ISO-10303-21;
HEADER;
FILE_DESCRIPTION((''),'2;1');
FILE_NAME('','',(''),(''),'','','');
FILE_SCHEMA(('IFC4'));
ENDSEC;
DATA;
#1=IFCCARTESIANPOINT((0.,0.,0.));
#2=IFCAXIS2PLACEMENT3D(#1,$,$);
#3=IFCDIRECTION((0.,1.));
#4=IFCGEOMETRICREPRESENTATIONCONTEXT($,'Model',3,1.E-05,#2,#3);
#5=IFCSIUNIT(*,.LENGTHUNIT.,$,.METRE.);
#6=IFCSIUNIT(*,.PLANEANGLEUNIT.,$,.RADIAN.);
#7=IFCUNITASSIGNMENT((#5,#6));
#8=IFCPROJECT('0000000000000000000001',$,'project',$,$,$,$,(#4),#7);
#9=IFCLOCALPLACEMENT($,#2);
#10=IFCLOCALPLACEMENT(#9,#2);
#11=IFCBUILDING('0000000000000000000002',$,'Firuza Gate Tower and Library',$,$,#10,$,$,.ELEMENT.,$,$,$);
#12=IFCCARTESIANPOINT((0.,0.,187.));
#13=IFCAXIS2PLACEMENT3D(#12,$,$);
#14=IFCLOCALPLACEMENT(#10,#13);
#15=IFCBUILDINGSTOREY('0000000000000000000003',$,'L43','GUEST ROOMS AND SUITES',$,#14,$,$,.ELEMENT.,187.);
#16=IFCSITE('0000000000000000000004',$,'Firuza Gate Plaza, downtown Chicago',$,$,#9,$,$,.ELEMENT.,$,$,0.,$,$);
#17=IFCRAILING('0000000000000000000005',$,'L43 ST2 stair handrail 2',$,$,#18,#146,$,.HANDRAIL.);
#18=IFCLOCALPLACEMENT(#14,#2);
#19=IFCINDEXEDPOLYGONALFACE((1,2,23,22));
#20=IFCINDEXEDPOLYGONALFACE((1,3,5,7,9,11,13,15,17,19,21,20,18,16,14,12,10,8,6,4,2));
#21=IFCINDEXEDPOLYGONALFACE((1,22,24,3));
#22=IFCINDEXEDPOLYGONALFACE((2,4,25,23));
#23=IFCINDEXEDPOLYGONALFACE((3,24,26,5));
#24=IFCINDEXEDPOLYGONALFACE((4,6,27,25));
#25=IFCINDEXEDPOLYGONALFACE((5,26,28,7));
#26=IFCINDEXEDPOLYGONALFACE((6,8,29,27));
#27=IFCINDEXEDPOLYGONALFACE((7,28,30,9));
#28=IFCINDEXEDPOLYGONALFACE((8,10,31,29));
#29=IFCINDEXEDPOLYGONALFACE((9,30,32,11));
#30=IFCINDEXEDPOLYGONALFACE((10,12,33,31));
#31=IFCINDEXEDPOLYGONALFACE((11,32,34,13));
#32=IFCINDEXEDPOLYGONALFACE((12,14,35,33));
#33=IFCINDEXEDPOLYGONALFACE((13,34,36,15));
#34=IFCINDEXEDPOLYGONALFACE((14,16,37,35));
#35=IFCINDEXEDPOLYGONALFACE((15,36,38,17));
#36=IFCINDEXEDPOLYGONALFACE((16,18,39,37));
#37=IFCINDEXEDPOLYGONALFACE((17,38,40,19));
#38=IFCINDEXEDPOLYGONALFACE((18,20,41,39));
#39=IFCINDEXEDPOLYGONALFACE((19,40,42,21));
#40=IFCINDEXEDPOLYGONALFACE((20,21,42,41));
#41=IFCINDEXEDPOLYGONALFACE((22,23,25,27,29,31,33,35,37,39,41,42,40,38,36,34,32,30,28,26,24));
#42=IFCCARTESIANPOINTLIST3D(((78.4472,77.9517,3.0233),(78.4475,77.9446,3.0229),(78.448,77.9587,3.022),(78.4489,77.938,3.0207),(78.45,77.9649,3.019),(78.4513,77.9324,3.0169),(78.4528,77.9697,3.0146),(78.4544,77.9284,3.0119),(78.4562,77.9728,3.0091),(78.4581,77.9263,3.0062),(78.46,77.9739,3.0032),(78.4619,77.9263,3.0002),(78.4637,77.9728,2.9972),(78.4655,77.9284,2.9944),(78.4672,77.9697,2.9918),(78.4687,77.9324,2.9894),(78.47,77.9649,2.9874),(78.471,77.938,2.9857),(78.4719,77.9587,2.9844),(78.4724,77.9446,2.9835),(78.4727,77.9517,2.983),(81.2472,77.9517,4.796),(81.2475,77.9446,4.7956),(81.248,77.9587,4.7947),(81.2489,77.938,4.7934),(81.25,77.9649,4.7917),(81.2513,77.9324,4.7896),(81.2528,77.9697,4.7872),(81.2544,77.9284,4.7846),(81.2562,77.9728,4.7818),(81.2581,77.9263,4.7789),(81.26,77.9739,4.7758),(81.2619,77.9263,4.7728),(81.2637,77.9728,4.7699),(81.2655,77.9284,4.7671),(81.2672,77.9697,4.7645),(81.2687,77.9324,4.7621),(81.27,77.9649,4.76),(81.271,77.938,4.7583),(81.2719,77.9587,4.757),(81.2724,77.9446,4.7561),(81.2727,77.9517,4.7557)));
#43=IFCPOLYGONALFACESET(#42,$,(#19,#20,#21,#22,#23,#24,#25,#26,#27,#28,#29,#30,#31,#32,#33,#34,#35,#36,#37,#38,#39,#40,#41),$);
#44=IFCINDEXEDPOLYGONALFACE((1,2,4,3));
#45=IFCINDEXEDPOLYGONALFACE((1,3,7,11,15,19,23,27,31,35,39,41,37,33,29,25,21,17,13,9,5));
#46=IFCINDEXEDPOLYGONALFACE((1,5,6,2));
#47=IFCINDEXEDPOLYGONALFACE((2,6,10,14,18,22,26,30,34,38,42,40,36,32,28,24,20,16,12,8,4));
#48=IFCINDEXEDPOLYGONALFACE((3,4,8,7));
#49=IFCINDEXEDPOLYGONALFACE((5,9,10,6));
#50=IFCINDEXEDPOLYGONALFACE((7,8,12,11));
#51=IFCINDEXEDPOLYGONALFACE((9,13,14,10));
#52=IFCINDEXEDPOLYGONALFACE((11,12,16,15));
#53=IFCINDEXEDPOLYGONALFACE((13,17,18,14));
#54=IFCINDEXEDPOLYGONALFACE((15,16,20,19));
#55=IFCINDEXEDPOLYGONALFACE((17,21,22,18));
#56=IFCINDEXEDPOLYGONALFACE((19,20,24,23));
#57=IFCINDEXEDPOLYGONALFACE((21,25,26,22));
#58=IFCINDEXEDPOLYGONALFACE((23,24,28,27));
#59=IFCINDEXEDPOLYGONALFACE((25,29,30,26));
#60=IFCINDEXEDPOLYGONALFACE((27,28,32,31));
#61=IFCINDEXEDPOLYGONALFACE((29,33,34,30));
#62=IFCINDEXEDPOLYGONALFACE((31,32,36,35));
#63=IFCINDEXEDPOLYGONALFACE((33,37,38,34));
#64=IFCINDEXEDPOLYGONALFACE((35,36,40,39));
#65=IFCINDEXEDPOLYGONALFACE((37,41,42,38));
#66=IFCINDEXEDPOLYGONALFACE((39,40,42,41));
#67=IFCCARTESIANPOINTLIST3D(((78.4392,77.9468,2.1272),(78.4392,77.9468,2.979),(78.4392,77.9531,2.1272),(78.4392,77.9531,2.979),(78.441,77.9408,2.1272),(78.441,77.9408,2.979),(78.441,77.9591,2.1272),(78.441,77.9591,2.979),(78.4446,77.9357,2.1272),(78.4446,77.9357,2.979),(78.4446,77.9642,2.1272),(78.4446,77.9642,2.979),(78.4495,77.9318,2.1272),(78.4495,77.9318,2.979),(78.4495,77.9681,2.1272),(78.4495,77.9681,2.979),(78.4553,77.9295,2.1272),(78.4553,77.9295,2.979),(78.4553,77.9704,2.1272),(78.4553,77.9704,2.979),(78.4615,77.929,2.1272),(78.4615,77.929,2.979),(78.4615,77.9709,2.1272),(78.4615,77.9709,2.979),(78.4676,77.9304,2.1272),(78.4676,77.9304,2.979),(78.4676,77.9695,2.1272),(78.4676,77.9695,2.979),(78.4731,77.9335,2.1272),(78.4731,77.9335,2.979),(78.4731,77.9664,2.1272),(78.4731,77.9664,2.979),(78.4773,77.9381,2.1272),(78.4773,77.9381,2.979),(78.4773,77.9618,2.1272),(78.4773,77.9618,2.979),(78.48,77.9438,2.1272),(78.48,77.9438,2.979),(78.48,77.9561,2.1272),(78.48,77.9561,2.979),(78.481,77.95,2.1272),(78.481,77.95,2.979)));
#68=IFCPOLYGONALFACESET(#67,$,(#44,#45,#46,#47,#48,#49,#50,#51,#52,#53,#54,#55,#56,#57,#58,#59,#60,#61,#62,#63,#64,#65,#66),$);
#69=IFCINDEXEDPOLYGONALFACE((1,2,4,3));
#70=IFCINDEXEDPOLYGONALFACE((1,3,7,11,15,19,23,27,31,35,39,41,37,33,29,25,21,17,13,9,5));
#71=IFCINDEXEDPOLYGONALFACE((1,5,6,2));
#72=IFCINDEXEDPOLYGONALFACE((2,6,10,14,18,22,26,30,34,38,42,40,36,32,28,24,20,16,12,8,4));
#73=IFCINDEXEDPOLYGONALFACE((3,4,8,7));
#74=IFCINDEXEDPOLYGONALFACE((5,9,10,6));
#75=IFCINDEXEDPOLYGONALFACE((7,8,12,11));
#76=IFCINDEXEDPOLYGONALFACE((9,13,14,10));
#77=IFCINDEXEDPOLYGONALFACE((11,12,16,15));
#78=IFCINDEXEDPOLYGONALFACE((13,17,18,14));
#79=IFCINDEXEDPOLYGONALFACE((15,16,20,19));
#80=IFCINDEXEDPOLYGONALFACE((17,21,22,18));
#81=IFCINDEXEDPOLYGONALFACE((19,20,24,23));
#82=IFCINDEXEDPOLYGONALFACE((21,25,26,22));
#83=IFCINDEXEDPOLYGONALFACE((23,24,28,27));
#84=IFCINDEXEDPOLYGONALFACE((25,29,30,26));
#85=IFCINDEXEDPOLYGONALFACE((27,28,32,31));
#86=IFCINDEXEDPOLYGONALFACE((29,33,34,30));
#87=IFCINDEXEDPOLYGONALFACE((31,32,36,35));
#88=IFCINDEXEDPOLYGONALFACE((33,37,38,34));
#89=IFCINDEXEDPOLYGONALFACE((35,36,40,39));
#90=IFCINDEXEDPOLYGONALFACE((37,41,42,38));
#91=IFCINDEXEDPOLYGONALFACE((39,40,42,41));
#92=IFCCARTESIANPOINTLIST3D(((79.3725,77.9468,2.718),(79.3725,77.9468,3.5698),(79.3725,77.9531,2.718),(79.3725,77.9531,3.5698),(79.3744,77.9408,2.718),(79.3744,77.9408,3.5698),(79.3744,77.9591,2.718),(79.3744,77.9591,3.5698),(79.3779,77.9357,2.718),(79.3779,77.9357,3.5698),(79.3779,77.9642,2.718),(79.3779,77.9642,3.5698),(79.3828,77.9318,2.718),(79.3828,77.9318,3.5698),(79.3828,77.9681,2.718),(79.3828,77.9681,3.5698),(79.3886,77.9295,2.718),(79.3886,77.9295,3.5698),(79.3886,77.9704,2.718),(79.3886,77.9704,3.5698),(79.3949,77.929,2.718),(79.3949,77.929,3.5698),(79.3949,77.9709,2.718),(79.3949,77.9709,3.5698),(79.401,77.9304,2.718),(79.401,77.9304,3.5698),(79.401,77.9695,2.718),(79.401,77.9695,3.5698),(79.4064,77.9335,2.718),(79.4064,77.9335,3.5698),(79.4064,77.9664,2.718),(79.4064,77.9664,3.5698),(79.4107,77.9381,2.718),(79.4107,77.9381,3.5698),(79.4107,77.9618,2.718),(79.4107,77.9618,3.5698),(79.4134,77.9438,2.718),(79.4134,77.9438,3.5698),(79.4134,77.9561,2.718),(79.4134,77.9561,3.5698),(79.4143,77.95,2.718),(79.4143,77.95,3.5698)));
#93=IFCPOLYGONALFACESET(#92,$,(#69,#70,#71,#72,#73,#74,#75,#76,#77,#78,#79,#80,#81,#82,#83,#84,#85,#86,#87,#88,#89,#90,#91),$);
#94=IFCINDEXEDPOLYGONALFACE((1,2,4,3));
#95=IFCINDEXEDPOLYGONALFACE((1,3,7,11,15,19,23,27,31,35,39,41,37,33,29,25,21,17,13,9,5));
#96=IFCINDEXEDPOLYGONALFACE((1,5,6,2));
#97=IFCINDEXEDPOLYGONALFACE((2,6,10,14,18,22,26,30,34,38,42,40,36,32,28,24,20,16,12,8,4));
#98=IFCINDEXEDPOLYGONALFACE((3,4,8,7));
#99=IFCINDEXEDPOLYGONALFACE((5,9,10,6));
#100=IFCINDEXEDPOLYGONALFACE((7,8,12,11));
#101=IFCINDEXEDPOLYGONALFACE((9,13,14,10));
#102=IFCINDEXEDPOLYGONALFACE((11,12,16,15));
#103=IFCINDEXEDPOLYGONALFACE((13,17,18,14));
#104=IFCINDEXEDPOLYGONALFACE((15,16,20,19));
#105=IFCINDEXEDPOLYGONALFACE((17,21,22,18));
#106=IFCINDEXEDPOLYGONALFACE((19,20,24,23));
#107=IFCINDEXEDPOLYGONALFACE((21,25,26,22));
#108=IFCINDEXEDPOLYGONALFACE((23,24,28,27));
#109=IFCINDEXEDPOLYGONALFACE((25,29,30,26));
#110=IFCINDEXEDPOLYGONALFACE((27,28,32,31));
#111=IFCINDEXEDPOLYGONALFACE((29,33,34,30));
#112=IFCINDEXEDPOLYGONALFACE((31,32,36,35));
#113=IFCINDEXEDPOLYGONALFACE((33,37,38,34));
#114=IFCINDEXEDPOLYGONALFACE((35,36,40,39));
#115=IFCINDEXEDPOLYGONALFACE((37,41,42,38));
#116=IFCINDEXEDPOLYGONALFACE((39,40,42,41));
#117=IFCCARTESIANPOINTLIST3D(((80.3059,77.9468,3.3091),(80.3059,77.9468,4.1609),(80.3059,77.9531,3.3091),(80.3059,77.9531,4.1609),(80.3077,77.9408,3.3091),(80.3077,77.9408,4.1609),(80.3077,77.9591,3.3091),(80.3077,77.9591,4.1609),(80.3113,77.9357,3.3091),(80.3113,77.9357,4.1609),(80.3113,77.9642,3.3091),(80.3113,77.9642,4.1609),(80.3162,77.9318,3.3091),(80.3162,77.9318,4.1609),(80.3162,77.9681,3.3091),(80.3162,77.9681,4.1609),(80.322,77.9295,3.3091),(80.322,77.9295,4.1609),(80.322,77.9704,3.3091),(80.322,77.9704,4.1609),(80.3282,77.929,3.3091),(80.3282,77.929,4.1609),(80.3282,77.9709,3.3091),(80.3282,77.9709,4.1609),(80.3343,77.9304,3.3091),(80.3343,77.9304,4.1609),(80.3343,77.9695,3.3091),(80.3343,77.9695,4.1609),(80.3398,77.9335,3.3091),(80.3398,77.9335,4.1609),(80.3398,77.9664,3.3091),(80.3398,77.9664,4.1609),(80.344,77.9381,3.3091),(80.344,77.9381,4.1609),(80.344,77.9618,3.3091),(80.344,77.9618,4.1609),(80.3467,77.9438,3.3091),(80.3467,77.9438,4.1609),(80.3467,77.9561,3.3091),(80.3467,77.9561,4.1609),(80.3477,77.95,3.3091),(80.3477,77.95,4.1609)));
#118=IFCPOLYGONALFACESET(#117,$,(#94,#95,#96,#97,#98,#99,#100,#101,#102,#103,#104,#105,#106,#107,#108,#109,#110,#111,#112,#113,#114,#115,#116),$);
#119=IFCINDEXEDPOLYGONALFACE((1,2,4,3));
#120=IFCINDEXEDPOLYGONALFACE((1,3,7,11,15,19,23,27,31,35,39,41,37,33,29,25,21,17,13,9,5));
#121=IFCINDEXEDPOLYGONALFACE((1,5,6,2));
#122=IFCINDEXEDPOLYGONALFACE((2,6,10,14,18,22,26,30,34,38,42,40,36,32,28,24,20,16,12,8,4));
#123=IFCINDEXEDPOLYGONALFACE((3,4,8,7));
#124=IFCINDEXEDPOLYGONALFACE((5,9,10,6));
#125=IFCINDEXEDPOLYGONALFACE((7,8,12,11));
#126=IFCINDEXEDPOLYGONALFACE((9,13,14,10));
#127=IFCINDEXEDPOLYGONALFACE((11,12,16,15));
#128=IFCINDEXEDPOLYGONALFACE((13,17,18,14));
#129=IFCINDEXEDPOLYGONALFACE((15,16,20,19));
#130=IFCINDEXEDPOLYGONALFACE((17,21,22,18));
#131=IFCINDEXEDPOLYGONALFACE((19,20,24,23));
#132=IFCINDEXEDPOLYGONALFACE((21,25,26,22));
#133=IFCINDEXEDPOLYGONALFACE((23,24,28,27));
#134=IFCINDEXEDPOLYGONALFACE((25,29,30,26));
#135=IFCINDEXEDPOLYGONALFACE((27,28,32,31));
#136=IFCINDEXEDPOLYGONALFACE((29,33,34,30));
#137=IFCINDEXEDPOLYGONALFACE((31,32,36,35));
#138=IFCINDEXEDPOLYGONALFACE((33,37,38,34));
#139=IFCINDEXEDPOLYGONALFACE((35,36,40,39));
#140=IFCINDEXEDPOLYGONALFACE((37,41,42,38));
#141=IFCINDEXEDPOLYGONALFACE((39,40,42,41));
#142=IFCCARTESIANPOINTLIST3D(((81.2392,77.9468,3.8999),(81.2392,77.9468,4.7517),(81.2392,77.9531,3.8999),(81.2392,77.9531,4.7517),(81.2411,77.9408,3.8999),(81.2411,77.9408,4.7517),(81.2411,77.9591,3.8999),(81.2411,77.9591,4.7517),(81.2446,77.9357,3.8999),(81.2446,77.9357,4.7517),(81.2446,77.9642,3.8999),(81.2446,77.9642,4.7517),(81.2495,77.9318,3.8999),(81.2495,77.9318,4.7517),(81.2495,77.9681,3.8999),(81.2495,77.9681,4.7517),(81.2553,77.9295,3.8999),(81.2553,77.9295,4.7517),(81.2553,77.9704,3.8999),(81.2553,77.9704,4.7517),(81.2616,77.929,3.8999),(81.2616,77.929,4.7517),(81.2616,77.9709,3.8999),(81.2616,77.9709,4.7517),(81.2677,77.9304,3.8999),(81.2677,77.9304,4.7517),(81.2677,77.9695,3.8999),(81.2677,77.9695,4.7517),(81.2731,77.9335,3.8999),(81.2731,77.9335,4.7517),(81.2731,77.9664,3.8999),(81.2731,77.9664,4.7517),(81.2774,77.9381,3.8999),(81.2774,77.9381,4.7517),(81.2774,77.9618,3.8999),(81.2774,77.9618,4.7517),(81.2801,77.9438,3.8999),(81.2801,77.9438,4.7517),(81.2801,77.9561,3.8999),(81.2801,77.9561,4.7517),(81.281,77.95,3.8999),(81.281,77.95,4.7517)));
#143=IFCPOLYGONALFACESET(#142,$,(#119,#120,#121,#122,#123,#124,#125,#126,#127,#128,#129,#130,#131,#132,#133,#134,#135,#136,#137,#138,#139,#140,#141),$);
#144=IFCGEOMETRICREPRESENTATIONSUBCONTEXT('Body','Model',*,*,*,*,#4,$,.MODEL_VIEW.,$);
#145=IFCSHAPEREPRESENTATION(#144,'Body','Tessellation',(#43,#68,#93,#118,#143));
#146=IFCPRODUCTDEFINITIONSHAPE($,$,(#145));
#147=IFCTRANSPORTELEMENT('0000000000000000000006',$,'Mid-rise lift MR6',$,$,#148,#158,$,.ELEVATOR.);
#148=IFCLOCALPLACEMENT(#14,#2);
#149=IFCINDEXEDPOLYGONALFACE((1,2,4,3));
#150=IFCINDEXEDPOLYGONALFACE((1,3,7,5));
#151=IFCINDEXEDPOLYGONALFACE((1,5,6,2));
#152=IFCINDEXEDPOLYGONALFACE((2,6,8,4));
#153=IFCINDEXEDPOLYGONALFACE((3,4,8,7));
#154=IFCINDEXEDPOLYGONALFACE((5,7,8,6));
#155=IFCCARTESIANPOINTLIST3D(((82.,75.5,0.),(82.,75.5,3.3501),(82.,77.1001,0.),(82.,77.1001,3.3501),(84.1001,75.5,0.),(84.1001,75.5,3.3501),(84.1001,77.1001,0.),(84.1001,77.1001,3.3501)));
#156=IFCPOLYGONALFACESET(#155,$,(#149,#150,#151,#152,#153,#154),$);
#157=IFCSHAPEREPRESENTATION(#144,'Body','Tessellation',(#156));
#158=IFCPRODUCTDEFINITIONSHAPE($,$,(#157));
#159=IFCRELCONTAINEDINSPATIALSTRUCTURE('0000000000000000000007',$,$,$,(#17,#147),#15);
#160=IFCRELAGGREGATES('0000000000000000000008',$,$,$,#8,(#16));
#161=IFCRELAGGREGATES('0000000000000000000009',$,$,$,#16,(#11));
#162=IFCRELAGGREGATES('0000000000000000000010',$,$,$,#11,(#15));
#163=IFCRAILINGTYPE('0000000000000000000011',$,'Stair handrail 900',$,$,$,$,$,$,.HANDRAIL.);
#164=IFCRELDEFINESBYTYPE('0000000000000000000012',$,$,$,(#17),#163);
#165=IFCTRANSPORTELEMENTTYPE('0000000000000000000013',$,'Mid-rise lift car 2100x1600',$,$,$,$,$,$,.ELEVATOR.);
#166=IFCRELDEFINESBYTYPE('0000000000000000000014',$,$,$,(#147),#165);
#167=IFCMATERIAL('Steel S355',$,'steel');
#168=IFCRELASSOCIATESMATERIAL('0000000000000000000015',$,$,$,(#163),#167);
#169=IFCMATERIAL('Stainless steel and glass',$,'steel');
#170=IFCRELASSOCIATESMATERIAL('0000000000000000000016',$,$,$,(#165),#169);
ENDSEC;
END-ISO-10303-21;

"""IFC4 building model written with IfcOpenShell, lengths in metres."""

from ifc_helpers import new_model, si_unit, direction, frame, origin, origin_2d, place, context, subcontext, project, spatial, rectangle, circle, extrude, material, type_object, element, save


model = new_model("IFC4")

# Units and contexts
model_context = context("Model", 3, precision=1e-05, world=origin(), true_north=direction((0.0, 1.0)))
body_context = subcontext(model_context, "Body", "Model", "MODEL_VIEW")
ifc_project = project(units=[si_unit("LENGTHUNIT", "METRE"), si_unit("PLANEANGLEUNIT", "RADIAN")], contexts=[model_context])

# Site, building, storey
site_placement = place(None, origin())
site = spatial("IfcSite", under=ifc_project, at=site_placement, Name="Firuza Gate Plaza, downtown Chicago", CompositionType="ELEMENT", RefElevation=0.0)
building_placement = place(site_placement, origin())
building = spatial("IfcBuilding", under=site, at=building_placement, Name="Firuza Gate Tower and Library", CompositionType="ELEMENT")
storey_placement = place(building_placement, frame((0.0, 0.0, 187.0)))
storey = spatial("IfcBuildingStorey", under=building, at=storey_placement, Name="L43", Description="GUEST ROOMS AND SUITES", CompositionType="ELEMENT", Elevation=187.0)

# Railing
ifc_material_1 = material(Name="Steel S355", Category="steel")
railing_type_1 = type_object("IfcRailingType", Name="Stair handrail 900", PredefinedType="HANDRAIL", material=ifc_material_1)
railing_1_placement = place(storey_placement, frame((78.46, 77.95, 2.1272)))
element("IfcRailing", 1, at=railing_1_placement, inside=storey, type_object=railing_type_1, Name="L43 ST2 stair handrail 2", PredefinedType="HANDRAIL", context=body_context, shape_type="SweptSolid", body=[
    extrude(circle(Radius=0.0239, at=origin_2d()), frame((0.0, 0.0, 0.876), z_axis=(0.844909, 0.0, 0.53491), x_axis=(0.0, 1.0, 0.0)), (0.0, 0.0, 1.0), 3.314),
    extrude(circle(Radius=0.021, at=origin_2d()), origin(), (0.0, 0.0, 1.0), 0.8518),
    extrude(circle(Radius=0.021, at=origin_2d()), frame((0.9333, 0.0, 0.5908)), (0.0, 0.0, 1.0), 0.8518),
    extrude(circle(Radius=0.021, at=origin_2d()), frame((1.8667, 0.0, 1.1819)), (0.0, 0.0, 1.0), 0.8518),
    extrude(circle(Radius=0.021, at=origin_2d()), frame((2.8, 0.0, 1.7727)), (0.0, 0.0, 1.0), 0.8518),
])

# Transport element
ifc_material_2 = material(Name="Stainless steel and glass", Category="steel")
transport_element_type = type_object("IfcTransportElementType", Name="Mid-rise lift car 2100x1600", PredefinedType="ELEVATOR", material=ifc_material_2)
transport_element_placement = place(storey_placement, frame((83.05, 76.3, 0.0), z_axis=(0.0, 0.0, 1.0), x_axis=(1.0, 0.0, 0.0)))
element("IfcTransportElement", 2, at=transport_element_placement, inside=storey, type_object=transport_element_type, Name="Mid-rise lift MR6", PredefinedType="ELEVATOR", context=body_context, shape_type="SweptSolid", body=[
    extrude(rectangle(XDim=2.1001, YDim=1.6001, at=origin_2d()), origin(), (0.0, 0.0, 1.0), 3.3501),
])

save(model, "model.ifc")
